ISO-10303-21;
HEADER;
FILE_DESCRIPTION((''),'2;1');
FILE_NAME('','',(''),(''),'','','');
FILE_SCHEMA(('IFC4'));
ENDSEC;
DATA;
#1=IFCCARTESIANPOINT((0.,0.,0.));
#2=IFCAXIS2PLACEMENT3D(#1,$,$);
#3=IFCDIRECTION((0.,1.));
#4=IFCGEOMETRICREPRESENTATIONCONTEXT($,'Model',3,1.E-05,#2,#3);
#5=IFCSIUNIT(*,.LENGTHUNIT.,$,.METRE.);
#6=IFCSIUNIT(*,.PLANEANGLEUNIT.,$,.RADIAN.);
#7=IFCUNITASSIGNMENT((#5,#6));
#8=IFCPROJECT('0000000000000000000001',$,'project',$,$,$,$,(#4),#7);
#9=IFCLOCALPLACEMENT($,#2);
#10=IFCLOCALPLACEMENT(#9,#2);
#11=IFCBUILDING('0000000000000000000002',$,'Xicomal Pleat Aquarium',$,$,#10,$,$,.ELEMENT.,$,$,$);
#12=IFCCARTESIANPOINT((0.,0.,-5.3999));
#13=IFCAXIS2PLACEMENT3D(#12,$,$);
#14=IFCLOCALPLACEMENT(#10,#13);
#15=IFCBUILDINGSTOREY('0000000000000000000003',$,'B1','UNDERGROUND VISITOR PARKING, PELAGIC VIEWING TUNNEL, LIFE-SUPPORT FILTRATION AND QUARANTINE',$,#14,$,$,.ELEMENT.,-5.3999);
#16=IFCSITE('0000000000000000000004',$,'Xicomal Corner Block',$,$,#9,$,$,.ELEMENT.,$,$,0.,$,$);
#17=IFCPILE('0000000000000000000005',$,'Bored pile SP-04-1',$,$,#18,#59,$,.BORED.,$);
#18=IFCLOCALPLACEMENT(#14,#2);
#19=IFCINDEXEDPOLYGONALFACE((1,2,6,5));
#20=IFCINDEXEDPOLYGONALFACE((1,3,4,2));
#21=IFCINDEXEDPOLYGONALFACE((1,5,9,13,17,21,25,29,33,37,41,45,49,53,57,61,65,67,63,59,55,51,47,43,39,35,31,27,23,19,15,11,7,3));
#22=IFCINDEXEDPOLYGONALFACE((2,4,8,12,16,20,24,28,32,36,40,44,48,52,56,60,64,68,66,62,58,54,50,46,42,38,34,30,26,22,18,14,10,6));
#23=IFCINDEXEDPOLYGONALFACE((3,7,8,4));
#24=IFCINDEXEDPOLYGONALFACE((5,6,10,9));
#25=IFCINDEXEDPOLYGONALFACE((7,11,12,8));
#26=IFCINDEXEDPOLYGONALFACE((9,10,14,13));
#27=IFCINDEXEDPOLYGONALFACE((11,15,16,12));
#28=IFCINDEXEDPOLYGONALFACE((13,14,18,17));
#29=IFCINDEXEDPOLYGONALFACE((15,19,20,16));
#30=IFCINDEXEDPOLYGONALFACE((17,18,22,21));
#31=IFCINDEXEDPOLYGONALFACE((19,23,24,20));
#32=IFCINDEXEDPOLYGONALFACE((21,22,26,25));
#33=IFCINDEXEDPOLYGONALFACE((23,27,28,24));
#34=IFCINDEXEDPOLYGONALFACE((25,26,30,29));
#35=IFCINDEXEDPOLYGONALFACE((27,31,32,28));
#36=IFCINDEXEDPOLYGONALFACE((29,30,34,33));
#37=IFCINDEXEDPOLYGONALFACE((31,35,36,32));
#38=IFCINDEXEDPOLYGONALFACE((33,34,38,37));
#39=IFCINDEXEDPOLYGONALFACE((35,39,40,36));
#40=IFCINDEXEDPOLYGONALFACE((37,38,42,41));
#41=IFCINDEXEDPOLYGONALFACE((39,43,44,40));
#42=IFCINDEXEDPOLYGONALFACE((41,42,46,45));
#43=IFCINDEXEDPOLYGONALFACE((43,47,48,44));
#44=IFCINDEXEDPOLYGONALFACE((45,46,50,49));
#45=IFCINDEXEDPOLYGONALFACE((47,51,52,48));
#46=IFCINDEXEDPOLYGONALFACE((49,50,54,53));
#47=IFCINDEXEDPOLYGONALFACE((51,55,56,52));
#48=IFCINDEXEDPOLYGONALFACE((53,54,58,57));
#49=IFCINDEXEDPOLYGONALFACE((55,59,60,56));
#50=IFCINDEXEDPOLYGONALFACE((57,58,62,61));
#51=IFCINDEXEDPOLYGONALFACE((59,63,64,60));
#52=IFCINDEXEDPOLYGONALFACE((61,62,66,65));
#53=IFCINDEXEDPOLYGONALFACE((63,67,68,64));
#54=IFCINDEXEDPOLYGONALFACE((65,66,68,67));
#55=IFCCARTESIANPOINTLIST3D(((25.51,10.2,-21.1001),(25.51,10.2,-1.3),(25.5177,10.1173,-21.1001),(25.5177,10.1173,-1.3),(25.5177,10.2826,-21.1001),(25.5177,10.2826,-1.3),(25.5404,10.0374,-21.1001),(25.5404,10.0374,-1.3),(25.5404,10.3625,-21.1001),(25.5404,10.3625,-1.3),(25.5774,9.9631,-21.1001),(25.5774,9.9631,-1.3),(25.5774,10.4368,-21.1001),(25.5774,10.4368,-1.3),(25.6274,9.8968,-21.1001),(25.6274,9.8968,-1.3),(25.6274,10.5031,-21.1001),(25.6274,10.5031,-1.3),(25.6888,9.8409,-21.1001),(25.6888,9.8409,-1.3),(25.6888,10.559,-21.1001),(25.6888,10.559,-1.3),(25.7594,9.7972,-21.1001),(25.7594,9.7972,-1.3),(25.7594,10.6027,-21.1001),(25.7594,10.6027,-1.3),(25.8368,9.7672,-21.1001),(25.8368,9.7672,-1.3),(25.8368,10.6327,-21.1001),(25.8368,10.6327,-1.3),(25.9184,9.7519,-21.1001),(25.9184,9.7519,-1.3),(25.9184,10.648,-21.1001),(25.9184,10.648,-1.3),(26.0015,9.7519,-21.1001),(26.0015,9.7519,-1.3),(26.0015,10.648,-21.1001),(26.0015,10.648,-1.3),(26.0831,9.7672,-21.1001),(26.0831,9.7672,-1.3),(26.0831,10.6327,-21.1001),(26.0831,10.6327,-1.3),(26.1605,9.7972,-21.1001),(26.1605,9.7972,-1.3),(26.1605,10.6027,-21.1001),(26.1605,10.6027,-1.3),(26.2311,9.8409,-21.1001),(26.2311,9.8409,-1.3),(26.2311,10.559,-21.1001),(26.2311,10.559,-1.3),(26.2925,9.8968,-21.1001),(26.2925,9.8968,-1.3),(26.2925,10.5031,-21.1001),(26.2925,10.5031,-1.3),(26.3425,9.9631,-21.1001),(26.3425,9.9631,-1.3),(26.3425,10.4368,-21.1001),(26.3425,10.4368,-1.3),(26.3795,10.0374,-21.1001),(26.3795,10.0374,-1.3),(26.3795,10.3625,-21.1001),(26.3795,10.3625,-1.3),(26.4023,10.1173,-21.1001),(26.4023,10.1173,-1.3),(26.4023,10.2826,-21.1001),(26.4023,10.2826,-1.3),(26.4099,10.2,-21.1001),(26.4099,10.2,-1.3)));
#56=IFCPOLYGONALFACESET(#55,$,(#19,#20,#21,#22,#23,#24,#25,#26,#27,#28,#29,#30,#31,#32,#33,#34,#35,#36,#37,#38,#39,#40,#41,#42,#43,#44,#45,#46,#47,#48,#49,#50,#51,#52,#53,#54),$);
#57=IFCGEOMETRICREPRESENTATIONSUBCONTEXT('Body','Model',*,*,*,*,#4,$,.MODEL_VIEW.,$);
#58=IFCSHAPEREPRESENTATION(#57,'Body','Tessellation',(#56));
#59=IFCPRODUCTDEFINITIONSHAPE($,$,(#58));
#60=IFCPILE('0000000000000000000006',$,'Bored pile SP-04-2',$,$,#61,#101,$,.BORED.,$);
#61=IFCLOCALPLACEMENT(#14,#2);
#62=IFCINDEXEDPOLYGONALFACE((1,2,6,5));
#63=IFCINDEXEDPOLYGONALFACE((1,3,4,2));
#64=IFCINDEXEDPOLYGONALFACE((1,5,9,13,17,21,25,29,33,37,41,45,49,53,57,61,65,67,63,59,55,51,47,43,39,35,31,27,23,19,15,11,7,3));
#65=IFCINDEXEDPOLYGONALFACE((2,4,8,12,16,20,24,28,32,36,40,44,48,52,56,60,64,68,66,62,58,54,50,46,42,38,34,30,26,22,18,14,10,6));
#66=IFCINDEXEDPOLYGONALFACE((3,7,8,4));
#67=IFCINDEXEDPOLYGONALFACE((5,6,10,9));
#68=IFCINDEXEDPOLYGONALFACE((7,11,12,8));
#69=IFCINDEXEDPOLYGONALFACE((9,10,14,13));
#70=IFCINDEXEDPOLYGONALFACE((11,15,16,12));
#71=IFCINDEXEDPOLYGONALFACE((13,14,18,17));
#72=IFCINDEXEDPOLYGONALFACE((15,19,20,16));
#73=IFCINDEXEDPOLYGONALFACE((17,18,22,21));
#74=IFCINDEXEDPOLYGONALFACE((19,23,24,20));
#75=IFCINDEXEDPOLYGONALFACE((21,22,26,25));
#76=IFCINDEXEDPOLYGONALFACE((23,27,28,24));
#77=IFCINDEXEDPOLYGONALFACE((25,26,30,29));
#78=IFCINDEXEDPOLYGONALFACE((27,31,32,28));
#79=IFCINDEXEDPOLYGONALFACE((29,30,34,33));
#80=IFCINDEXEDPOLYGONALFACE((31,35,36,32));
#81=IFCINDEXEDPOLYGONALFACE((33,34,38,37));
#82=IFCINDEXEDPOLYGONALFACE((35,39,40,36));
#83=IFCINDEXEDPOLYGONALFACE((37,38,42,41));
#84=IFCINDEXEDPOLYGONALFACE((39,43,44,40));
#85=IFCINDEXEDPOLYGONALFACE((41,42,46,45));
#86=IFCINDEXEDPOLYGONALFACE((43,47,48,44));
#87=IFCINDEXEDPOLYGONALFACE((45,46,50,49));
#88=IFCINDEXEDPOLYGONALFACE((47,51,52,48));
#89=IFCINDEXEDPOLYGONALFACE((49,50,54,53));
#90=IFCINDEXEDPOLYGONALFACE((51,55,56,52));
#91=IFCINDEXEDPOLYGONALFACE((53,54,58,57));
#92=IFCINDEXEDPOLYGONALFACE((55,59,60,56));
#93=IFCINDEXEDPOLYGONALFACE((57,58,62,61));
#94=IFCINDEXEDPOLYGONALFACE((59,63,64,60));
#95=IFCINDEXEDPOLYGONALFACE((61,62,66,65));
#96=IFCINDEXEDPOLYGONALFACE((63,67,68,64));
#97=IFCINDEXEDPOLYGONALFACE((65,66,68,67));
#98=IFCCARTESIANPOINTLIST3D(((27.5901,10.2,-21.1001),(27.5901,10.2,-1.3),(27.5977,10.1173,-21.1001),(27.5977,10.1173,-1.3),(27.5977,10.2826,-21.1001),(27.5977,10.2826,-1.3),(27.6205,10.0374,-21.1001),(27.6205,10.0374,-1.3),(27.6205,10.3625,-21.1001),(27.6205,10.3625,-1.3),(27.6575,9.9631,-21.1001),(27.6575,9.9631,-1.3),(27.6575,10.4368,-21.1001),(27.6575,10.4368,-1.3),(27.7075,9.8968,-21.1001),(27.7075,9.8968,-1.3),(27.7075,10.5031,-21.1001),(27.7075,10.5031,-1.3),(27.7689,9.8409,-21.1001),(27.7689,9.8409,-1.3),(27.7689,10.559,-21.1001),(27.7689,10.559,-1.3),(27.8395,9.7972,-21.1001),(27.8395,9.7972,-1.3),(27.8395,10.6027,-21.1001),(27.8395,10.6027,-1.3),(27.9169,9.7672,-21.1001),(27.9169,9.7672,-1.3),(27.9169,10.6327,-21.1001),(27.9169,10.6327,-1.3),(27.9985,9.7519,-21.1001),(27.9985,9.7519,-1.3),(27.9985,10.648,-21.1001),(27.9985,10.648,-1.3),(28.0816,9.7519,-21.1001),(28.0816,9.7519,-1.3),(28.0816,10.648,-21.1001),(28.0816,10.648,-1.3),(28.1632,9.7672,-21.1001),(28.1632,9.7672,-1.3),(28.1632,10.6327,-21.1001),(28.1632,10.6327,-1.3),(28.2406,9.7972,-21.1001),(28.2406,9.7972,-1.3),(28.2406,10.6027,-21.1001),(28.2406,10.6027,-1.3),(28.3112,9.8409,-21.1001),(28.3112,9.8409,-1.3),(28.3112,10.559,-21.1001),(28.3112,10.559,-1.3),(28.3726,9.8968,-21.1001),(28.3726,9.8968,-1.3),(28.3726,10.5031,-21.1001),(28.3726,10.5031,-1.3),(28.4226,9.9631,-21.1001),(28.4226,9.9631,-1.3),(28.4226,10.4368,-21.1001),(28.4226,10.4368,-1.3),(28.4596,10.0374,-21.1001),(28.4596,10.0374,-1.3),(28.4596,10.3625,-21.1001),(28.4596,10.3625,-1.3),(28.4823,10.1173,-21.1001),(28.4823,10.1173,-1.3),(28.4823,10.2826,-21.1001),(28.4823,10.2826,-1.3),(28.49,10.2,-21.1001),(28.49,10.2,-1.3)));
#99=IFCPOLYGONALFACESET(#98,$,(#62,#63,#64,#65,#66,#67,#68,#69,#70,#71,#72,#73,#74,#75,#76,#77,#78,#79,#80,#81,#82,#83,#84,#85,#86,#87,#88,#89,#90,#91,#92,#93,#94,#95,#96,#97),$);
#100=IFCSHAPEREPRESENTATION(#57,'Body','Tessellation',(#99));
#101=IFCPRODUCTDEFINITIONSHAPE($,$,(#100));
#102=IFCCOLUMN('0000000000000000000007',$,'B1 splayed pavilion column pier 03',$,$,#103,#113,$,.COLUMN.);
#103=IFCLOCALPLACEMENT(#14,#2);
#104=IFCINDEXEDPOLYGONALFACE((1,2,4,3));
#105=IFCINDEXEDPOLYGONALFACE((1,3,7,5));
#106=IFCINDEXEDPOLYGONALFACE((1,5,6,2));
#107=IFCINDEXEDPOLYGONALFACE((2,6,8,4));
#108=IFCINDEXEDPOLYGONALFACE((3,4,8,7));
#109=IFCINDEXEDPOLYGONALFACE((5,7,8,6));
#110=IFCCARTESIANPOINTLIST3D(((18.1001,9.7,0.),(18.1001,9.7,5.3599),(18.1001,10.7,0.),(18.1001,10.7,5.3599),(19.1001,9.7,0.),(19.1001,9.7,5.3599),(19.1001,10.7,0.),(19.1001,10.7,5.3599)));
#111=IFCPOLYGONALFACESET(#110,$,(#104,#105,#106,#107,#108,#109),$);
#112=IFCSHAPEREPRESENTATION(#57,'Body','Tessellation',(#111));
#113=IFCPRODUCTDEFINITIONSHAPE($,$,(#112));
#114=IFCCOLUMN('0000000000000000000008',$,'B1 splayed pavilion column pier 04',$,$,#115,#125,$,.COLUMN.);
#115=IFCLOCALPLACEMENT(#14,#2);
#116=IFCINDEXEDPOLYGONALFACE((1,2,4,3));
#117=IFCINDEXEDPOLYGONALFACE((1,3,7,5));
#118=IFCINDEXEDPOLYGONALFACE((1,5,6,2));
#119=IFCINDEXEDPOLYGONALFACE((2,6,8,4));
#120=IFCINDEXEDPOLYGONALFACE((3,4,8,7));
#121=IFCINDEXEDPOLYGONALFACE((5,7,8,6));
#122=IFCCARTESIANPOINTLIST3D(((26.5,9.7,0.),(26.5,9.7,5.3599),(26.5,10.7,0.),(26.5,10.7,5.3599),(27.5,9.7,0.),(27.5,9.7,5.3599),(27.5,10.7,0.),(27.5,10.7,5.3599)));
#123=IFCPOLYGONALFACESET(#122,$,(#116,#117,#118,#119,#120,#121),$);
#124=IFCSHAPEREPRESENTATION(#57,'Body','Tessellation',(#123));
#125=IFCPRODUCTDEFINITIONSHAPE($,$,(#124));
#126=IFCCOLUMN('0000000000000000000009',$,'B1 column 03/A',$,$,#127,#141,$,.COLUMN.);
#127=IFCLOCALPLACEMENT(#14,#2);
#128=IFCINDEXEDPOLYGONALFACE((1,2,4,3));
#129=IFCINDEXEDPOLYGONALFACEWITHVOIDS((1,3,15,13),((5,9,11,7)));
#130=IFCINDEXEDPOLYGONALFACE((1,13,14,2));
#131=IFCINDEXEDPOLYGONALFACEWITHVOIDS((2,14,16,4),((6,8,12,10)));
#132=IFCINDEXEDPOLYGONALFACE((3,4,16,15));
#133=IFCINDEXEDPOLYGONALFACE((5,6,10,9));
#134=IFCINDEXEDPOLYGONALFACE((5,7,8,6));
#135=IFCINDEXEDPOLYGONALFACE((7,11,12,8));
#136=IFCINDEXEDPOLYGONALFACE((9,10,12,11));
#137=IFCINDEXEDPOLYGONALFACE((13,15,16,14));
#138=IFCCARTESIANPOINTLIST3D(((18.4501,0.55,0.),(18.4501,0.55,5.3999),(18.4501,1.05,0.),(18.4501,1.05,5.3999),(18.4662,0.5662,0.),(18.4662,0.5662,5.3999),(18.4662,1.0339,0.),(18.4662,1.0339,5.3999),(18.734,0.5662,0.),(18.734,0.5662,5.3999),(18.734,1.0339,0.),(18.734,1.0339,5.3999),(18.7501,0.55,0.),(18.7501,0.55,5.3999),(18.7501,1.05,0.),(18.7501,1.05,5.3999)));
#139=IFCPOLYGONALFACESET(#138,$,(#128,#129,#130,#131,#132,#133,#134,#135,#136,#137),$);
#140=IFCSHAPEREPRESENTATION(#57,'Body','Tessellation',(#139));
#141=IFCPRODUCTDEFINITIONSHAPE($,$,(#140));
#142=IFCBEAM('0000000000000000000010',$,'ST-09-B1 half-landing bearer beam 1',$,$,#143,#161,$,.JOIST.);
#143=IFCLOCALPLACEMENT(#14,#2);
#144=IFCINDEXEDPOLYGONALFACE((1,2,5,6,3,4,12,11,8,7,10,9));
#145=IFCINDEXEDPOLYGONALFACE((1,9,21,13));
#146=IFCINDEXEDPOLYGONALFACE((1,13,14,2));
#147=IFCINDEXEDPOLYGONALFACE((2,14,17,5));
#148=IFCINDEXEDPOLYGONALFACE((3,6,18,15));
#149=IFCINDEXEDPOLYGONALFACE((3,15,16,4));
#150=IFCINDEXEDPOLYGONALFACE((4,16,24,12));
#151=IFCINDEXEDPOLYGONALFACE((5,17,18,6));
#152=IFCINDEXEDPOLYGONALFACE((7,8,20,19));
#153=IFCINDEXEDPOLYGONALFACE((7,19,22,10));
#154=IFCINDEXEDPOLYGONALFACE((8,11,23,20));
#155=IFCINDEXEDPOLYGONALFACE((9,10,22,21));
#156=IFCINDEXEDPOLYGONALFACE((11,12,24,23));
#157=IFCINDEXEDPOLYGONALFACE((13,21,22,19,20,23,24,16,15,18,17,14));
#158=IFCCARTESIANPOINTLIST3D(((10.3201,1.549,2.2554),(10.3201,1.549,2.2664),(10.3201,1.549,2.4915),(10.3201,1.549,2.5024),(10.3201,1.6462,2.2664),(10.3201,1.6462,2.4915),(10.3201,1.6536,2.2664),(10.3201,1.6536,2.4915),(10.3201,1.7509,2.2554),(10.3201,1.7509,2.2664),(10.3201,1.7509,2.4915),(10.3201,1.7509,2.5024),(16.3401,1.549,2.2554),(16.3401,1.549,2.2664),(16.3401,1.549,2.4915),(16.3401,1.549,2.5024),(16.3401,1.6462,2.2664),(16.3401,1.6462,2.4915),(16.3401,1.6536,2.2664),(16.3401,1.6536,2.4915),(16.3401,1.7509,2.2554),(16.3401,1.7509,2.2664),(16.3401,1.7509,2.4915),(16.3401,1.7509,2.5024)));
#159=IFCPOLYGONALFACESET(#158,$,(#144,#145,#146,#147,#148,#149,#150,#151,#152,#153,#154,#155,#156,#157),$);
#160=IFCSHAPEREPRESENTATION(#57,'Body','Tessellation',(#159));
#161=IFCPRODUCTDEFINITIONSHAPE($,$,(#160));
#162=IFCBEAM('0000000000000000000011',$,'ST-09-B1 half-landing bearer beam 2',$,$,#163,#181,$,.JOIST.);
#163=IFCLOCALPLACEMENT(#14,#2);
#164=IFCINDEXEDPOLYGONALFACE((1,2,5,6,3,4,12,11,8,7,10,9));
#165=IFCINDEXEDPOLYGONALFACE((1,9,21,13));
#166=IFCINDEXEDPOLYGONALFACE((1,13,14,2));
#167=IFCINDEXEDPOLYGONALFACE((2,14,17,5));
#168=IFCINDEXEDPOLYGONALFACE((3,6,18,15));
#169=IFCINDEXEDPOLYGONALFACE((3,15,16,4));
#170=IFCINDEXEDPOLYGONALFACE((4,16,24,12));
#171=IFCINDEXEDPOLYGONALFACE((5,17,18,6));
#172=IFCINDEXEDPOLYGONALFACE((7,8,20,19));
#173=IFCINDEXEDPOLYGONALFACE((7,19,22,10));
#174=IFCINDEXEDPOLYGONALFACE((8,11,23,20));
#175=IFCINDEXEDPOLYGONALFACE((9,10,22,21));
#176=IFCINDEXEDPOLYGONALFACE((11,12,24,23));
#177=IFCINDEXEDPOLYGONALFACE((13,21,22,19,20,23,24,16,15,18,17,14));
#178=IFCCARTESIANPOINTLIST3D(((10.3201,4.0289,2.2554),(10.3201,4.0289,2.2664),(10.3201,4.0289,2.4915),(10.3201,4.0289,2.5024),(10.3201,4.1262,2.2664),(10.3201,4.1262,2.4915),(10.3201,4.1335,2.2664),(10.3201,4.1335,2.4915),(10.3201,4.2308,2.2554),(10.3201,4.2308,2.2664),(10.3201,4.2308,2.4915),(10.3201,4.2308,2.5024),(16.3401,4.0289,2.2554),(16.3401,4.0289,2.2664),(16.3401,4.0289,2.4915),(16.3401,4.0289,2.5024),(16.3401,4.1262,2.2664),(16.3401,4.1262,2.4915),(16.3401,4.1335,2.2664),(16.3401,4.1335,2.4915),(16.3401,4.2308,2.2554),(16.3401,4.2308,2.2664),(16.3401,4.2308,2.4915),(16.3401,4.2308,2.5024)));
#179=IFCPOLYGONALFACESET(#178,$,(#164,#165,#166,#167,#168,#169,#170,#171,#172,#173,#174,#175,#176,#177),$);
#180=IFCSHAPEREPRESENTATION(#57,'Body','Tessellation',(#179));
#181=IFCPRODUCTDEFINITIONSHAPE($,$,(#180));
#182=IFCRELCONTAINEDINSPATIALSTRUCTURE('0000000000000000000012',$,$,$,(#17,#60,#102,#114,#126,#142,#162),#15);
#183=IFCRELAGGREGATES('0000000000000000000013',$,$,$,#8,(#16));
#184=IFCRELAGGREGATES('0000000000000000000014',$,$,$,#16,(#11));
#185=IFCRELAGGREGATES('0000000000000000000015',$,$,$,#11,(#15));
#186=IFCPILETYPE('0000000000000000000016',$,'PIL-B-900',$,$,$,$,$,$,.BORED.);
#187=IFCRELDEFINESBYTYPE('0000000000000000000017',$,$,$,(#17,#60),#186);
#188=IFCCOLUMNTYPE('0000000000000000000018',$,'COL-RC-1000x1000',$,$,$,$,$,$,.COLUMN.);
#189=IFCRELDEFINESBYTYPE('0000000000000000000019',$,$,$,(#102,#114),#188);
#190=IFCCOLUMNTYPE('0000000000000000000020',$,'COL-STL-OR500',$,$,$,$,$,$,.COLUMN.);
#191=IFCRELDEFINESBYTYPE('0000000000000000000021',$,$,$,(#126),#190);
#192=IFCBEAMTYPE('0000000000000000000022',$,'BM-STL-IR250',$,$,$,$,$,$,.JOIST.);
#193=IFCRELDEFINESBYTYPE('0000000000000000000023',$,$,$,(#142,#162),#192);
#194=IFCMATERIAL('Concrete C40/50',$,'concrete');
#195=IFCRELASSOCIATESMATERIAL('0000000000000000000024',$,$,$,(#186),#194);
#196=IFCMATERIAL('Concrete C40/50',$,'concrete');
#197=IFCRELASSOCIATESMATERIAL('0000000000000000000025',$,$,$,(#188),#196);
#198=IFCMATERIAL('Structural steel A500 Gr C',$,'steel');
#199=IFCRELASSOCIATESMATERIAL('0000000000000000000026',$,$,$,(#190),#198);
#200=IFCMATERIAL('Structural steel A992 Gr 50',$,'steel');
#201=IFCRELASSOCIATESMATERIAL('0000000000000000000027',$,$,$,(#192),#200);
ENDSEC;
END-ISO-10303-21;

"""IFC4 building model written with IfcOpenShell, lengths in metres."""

from ifc_helpers import new_model, si_unit, direction, frame, origin, origin_2d, place, context, subcontext, project, spatial, rectangle, hollow_rectangle, circle, i_section, extrude, material, material_profile, profile_set, type_object, element, save


model = new_model("IFC4")

# Units and contexts
model_context = context("Model", 3, precision=1e-05, world=origin(), true_north=direction((0.0, 1.0)))
body_context = subcontext(model_context, "Body", "Model", "MODEL_VIEW")
ifc_project = project(units=[si_unit("LENGTHUNIT", "METRE"), si_unit("PLANEANGLEUNIT", "RADIAN")], contexts=[model_context])

# Site, building, storey
site_placement = place(None, origin())
site = spatial("IfcSite", under=ifc_project, at=site_placement, Name="Xicomal Corner Block", CompositionType="ELEMENT", RefElevation=0.0)
building_placement = place(site_placement, origin())
building = spatial("IfcBuilding", under=site, at=building_placement, Name="Xicomal Pleat Aquarium", CompositionType="ELEMENT")
storey_placement = place(building_placement, frame((0.0, 0.0, -5.3999)))
storey = spatial("IfcBuildingStorey", under=building, at=storey_placement, Name="B1", Description="UNDERGROUND VISITOR PARKING, PELAGIC VIEWING TUNNEL, LIFE-SUPPORT FILTRATION AND QUARANTINE", CompositionType="ELEMENT", Elevation=-5.3999)

# Piles
ifc_material_1 = material(Name="Concrete C40/50", Category="concrete")
ifc_material_profile_1 = material_profile(ifc_material_1, circle(Radius=0.45, at=origin_2d()), Name="BORED PILE D900")
ifc_profile_set_1 = profile_set([ifc_material_profile_1], Name="Concrete C40/50")
pile_type_1 = type_object("IfcPileType", Name="PIL-B-900", PredefinedType="BORED", material=ifc_profile_set_1)
for number, where, z_axis, x_axis, name in (
    (1, (25.96, 10.2, -1.3), (0.0, 0.0, -1.0), (1.0, 0.0, 0.0), "Bored pile SP-04-1"),
    (2, (28.04, 10.2, -1.3), (0.0, 0.0, -1.0), (1.0, 0.0, 0.0), "Bored pile SP-04-2"),
):
    element("IfcPile", number, at=place(storey_placement, frame(where, z_axis=z_axis, x_axis=x_axis)), inside=storey, type_object=pile_type_1, Name=name, PredefinedType="BORED", context=body_context, shape_type="SweptSolid", body=[
        extrude(circle(Radius=0.45, at=origin_2d()), origin(), (0.0, 0.0, 1.0), 19.8),
    ])

# Columns
ifc_material_2 = material(Name="Concrete C40/50", Category="concrete")
ifc_material_profile_2 = material_profile(ifc_material_2, rectangle(XDim=1.0, YDim=1.0, at=origin_2d()), Name="RC 1000x1000")
ifc_profile_set_2 = profile_set([ifc_material_profile_2], Name="Concrete C40/50")
column_type_1 = type_object("IfcColumnType", Name="COL-RC-1000x1000", PredefinedType="COLUMN", material=ifc_profile_set_2)
for number, where, z_axis, x_axis, name in (
    (3, (18.6001, 10.2, 0.0), (0.0, 0.0, 1.0), (1.0, 0.0, 0.0), "B1 splayed pavilion column pier 03"),
    (4, (27.0, 10.2, 0.0), (0.0, 0.0, 1.0), (1.0, 0.0, 0.0), "B1 splayed pavilion column pier 04"),
):
    element("IfcColumn", number, at=place(storey_placement, frame(where, z_axis=z_axis, x_axis=x_axis)), inside=storey, type_object=column_type_1, Name=name, PredefinedType="COLUMN", context=body_context, shape_type="SweptSolid", body=[
        extrude(rectangle(XDim=1.0, YDim=1.0, at=origin_2d()), origin(), (0.0, 0.0, 1.0), 5.3599),
    ])
ifc_material_3 = material(Name="Structural steel A500 Gr C", Category="steel")
ifc_material_profile_3 = material_profile(ifc_material_3, hollow_rectangle(XDim=0.3, YDim=0.5, WallThickness=0.0161, at=origin_2d()), Name="OR 500x300x16")
ifc_profile_set_3 = profile_set([ifc_material_profile_3], Name="Structural steel A500 Gr C")
column_type_2 = type_object("IfcColumnType", Name="COL-STL-OR500", PredefinedType="COLUMN", material=ifc_profile_set_3)
column_placement = place(storey_placement, frame((18.6001, 0.8, 0.0), z_axis=(0.0, 0.0, 1.0), x_axis=(1.0, 0.0, 0.0)))
element("IfcColumn", 5, at=column_placement, inside=storey, type_object=column_type_2, Name="B1 column 03/A", PredefinedType="COLUMN", context=body_context, shape_type="SweptSolid", body=[
    extrude(hollow_rectangle(XDim=0.3, YDim=0.5, WallThickness=0.0161, at=origin_2d()), origin(), (0.0, 0.0, 1.0), 5.3999),
])

# Beams
ifc_material_4 = material(Name="Structural steel A992 Gr 50", Category="steel")
ifc_material_profile_4 = material_profile(ifc_material_4, i_section(OverallWidth=0.2019, OverallDepth=0.2471, WebThickness=0.0073, FlangeThickness=0.011, at=origin_2d()), Name="IR 250x49")
ifc_profile_set_4 = profile_set([ifc_material_profile_4], Name="Structural steel A992 Gr 50")
beam_type_1 = type_object("IfcBeamType", Name="BM-STL-IR250", PredefinedType="JOIST", material=ifc_profile_set_4)
for number, where, z_axis, x_axis, name in (
    (6, (10.3201, 1.6499, 2.3789), (1.0, 0.0, 0.0), (0.0, 1.0, 0.0), "ST-09-B1 half-landing bearer beam 1"),
    (7, (10.3201, 4.1299, 2.3789), (1.0, 0.0, 0.0), (0.0, 1.0, 0.0), "ST-09-B1 half-landing bearer beam 2"),
):
    element("IfcBeam", number, at=place(storey_placement, frame(where, z_axis=z_axis, x_axis=x_axis)), inside=storey, type_object=beam_type_1, Name=name, PredefinedType="JOIST", context=body_context, shape_type="SweptSolid", body=[
        extrude(i_section(OverallWidth=0.2019, OverallDepth=0.2471, WebThickness=0.0073, FlangeThickness=0.011, at=origin_2d()), origin(), (0.0, 0.0, 1.0), 6.02),
    ])

save(model, "model.ifc")
